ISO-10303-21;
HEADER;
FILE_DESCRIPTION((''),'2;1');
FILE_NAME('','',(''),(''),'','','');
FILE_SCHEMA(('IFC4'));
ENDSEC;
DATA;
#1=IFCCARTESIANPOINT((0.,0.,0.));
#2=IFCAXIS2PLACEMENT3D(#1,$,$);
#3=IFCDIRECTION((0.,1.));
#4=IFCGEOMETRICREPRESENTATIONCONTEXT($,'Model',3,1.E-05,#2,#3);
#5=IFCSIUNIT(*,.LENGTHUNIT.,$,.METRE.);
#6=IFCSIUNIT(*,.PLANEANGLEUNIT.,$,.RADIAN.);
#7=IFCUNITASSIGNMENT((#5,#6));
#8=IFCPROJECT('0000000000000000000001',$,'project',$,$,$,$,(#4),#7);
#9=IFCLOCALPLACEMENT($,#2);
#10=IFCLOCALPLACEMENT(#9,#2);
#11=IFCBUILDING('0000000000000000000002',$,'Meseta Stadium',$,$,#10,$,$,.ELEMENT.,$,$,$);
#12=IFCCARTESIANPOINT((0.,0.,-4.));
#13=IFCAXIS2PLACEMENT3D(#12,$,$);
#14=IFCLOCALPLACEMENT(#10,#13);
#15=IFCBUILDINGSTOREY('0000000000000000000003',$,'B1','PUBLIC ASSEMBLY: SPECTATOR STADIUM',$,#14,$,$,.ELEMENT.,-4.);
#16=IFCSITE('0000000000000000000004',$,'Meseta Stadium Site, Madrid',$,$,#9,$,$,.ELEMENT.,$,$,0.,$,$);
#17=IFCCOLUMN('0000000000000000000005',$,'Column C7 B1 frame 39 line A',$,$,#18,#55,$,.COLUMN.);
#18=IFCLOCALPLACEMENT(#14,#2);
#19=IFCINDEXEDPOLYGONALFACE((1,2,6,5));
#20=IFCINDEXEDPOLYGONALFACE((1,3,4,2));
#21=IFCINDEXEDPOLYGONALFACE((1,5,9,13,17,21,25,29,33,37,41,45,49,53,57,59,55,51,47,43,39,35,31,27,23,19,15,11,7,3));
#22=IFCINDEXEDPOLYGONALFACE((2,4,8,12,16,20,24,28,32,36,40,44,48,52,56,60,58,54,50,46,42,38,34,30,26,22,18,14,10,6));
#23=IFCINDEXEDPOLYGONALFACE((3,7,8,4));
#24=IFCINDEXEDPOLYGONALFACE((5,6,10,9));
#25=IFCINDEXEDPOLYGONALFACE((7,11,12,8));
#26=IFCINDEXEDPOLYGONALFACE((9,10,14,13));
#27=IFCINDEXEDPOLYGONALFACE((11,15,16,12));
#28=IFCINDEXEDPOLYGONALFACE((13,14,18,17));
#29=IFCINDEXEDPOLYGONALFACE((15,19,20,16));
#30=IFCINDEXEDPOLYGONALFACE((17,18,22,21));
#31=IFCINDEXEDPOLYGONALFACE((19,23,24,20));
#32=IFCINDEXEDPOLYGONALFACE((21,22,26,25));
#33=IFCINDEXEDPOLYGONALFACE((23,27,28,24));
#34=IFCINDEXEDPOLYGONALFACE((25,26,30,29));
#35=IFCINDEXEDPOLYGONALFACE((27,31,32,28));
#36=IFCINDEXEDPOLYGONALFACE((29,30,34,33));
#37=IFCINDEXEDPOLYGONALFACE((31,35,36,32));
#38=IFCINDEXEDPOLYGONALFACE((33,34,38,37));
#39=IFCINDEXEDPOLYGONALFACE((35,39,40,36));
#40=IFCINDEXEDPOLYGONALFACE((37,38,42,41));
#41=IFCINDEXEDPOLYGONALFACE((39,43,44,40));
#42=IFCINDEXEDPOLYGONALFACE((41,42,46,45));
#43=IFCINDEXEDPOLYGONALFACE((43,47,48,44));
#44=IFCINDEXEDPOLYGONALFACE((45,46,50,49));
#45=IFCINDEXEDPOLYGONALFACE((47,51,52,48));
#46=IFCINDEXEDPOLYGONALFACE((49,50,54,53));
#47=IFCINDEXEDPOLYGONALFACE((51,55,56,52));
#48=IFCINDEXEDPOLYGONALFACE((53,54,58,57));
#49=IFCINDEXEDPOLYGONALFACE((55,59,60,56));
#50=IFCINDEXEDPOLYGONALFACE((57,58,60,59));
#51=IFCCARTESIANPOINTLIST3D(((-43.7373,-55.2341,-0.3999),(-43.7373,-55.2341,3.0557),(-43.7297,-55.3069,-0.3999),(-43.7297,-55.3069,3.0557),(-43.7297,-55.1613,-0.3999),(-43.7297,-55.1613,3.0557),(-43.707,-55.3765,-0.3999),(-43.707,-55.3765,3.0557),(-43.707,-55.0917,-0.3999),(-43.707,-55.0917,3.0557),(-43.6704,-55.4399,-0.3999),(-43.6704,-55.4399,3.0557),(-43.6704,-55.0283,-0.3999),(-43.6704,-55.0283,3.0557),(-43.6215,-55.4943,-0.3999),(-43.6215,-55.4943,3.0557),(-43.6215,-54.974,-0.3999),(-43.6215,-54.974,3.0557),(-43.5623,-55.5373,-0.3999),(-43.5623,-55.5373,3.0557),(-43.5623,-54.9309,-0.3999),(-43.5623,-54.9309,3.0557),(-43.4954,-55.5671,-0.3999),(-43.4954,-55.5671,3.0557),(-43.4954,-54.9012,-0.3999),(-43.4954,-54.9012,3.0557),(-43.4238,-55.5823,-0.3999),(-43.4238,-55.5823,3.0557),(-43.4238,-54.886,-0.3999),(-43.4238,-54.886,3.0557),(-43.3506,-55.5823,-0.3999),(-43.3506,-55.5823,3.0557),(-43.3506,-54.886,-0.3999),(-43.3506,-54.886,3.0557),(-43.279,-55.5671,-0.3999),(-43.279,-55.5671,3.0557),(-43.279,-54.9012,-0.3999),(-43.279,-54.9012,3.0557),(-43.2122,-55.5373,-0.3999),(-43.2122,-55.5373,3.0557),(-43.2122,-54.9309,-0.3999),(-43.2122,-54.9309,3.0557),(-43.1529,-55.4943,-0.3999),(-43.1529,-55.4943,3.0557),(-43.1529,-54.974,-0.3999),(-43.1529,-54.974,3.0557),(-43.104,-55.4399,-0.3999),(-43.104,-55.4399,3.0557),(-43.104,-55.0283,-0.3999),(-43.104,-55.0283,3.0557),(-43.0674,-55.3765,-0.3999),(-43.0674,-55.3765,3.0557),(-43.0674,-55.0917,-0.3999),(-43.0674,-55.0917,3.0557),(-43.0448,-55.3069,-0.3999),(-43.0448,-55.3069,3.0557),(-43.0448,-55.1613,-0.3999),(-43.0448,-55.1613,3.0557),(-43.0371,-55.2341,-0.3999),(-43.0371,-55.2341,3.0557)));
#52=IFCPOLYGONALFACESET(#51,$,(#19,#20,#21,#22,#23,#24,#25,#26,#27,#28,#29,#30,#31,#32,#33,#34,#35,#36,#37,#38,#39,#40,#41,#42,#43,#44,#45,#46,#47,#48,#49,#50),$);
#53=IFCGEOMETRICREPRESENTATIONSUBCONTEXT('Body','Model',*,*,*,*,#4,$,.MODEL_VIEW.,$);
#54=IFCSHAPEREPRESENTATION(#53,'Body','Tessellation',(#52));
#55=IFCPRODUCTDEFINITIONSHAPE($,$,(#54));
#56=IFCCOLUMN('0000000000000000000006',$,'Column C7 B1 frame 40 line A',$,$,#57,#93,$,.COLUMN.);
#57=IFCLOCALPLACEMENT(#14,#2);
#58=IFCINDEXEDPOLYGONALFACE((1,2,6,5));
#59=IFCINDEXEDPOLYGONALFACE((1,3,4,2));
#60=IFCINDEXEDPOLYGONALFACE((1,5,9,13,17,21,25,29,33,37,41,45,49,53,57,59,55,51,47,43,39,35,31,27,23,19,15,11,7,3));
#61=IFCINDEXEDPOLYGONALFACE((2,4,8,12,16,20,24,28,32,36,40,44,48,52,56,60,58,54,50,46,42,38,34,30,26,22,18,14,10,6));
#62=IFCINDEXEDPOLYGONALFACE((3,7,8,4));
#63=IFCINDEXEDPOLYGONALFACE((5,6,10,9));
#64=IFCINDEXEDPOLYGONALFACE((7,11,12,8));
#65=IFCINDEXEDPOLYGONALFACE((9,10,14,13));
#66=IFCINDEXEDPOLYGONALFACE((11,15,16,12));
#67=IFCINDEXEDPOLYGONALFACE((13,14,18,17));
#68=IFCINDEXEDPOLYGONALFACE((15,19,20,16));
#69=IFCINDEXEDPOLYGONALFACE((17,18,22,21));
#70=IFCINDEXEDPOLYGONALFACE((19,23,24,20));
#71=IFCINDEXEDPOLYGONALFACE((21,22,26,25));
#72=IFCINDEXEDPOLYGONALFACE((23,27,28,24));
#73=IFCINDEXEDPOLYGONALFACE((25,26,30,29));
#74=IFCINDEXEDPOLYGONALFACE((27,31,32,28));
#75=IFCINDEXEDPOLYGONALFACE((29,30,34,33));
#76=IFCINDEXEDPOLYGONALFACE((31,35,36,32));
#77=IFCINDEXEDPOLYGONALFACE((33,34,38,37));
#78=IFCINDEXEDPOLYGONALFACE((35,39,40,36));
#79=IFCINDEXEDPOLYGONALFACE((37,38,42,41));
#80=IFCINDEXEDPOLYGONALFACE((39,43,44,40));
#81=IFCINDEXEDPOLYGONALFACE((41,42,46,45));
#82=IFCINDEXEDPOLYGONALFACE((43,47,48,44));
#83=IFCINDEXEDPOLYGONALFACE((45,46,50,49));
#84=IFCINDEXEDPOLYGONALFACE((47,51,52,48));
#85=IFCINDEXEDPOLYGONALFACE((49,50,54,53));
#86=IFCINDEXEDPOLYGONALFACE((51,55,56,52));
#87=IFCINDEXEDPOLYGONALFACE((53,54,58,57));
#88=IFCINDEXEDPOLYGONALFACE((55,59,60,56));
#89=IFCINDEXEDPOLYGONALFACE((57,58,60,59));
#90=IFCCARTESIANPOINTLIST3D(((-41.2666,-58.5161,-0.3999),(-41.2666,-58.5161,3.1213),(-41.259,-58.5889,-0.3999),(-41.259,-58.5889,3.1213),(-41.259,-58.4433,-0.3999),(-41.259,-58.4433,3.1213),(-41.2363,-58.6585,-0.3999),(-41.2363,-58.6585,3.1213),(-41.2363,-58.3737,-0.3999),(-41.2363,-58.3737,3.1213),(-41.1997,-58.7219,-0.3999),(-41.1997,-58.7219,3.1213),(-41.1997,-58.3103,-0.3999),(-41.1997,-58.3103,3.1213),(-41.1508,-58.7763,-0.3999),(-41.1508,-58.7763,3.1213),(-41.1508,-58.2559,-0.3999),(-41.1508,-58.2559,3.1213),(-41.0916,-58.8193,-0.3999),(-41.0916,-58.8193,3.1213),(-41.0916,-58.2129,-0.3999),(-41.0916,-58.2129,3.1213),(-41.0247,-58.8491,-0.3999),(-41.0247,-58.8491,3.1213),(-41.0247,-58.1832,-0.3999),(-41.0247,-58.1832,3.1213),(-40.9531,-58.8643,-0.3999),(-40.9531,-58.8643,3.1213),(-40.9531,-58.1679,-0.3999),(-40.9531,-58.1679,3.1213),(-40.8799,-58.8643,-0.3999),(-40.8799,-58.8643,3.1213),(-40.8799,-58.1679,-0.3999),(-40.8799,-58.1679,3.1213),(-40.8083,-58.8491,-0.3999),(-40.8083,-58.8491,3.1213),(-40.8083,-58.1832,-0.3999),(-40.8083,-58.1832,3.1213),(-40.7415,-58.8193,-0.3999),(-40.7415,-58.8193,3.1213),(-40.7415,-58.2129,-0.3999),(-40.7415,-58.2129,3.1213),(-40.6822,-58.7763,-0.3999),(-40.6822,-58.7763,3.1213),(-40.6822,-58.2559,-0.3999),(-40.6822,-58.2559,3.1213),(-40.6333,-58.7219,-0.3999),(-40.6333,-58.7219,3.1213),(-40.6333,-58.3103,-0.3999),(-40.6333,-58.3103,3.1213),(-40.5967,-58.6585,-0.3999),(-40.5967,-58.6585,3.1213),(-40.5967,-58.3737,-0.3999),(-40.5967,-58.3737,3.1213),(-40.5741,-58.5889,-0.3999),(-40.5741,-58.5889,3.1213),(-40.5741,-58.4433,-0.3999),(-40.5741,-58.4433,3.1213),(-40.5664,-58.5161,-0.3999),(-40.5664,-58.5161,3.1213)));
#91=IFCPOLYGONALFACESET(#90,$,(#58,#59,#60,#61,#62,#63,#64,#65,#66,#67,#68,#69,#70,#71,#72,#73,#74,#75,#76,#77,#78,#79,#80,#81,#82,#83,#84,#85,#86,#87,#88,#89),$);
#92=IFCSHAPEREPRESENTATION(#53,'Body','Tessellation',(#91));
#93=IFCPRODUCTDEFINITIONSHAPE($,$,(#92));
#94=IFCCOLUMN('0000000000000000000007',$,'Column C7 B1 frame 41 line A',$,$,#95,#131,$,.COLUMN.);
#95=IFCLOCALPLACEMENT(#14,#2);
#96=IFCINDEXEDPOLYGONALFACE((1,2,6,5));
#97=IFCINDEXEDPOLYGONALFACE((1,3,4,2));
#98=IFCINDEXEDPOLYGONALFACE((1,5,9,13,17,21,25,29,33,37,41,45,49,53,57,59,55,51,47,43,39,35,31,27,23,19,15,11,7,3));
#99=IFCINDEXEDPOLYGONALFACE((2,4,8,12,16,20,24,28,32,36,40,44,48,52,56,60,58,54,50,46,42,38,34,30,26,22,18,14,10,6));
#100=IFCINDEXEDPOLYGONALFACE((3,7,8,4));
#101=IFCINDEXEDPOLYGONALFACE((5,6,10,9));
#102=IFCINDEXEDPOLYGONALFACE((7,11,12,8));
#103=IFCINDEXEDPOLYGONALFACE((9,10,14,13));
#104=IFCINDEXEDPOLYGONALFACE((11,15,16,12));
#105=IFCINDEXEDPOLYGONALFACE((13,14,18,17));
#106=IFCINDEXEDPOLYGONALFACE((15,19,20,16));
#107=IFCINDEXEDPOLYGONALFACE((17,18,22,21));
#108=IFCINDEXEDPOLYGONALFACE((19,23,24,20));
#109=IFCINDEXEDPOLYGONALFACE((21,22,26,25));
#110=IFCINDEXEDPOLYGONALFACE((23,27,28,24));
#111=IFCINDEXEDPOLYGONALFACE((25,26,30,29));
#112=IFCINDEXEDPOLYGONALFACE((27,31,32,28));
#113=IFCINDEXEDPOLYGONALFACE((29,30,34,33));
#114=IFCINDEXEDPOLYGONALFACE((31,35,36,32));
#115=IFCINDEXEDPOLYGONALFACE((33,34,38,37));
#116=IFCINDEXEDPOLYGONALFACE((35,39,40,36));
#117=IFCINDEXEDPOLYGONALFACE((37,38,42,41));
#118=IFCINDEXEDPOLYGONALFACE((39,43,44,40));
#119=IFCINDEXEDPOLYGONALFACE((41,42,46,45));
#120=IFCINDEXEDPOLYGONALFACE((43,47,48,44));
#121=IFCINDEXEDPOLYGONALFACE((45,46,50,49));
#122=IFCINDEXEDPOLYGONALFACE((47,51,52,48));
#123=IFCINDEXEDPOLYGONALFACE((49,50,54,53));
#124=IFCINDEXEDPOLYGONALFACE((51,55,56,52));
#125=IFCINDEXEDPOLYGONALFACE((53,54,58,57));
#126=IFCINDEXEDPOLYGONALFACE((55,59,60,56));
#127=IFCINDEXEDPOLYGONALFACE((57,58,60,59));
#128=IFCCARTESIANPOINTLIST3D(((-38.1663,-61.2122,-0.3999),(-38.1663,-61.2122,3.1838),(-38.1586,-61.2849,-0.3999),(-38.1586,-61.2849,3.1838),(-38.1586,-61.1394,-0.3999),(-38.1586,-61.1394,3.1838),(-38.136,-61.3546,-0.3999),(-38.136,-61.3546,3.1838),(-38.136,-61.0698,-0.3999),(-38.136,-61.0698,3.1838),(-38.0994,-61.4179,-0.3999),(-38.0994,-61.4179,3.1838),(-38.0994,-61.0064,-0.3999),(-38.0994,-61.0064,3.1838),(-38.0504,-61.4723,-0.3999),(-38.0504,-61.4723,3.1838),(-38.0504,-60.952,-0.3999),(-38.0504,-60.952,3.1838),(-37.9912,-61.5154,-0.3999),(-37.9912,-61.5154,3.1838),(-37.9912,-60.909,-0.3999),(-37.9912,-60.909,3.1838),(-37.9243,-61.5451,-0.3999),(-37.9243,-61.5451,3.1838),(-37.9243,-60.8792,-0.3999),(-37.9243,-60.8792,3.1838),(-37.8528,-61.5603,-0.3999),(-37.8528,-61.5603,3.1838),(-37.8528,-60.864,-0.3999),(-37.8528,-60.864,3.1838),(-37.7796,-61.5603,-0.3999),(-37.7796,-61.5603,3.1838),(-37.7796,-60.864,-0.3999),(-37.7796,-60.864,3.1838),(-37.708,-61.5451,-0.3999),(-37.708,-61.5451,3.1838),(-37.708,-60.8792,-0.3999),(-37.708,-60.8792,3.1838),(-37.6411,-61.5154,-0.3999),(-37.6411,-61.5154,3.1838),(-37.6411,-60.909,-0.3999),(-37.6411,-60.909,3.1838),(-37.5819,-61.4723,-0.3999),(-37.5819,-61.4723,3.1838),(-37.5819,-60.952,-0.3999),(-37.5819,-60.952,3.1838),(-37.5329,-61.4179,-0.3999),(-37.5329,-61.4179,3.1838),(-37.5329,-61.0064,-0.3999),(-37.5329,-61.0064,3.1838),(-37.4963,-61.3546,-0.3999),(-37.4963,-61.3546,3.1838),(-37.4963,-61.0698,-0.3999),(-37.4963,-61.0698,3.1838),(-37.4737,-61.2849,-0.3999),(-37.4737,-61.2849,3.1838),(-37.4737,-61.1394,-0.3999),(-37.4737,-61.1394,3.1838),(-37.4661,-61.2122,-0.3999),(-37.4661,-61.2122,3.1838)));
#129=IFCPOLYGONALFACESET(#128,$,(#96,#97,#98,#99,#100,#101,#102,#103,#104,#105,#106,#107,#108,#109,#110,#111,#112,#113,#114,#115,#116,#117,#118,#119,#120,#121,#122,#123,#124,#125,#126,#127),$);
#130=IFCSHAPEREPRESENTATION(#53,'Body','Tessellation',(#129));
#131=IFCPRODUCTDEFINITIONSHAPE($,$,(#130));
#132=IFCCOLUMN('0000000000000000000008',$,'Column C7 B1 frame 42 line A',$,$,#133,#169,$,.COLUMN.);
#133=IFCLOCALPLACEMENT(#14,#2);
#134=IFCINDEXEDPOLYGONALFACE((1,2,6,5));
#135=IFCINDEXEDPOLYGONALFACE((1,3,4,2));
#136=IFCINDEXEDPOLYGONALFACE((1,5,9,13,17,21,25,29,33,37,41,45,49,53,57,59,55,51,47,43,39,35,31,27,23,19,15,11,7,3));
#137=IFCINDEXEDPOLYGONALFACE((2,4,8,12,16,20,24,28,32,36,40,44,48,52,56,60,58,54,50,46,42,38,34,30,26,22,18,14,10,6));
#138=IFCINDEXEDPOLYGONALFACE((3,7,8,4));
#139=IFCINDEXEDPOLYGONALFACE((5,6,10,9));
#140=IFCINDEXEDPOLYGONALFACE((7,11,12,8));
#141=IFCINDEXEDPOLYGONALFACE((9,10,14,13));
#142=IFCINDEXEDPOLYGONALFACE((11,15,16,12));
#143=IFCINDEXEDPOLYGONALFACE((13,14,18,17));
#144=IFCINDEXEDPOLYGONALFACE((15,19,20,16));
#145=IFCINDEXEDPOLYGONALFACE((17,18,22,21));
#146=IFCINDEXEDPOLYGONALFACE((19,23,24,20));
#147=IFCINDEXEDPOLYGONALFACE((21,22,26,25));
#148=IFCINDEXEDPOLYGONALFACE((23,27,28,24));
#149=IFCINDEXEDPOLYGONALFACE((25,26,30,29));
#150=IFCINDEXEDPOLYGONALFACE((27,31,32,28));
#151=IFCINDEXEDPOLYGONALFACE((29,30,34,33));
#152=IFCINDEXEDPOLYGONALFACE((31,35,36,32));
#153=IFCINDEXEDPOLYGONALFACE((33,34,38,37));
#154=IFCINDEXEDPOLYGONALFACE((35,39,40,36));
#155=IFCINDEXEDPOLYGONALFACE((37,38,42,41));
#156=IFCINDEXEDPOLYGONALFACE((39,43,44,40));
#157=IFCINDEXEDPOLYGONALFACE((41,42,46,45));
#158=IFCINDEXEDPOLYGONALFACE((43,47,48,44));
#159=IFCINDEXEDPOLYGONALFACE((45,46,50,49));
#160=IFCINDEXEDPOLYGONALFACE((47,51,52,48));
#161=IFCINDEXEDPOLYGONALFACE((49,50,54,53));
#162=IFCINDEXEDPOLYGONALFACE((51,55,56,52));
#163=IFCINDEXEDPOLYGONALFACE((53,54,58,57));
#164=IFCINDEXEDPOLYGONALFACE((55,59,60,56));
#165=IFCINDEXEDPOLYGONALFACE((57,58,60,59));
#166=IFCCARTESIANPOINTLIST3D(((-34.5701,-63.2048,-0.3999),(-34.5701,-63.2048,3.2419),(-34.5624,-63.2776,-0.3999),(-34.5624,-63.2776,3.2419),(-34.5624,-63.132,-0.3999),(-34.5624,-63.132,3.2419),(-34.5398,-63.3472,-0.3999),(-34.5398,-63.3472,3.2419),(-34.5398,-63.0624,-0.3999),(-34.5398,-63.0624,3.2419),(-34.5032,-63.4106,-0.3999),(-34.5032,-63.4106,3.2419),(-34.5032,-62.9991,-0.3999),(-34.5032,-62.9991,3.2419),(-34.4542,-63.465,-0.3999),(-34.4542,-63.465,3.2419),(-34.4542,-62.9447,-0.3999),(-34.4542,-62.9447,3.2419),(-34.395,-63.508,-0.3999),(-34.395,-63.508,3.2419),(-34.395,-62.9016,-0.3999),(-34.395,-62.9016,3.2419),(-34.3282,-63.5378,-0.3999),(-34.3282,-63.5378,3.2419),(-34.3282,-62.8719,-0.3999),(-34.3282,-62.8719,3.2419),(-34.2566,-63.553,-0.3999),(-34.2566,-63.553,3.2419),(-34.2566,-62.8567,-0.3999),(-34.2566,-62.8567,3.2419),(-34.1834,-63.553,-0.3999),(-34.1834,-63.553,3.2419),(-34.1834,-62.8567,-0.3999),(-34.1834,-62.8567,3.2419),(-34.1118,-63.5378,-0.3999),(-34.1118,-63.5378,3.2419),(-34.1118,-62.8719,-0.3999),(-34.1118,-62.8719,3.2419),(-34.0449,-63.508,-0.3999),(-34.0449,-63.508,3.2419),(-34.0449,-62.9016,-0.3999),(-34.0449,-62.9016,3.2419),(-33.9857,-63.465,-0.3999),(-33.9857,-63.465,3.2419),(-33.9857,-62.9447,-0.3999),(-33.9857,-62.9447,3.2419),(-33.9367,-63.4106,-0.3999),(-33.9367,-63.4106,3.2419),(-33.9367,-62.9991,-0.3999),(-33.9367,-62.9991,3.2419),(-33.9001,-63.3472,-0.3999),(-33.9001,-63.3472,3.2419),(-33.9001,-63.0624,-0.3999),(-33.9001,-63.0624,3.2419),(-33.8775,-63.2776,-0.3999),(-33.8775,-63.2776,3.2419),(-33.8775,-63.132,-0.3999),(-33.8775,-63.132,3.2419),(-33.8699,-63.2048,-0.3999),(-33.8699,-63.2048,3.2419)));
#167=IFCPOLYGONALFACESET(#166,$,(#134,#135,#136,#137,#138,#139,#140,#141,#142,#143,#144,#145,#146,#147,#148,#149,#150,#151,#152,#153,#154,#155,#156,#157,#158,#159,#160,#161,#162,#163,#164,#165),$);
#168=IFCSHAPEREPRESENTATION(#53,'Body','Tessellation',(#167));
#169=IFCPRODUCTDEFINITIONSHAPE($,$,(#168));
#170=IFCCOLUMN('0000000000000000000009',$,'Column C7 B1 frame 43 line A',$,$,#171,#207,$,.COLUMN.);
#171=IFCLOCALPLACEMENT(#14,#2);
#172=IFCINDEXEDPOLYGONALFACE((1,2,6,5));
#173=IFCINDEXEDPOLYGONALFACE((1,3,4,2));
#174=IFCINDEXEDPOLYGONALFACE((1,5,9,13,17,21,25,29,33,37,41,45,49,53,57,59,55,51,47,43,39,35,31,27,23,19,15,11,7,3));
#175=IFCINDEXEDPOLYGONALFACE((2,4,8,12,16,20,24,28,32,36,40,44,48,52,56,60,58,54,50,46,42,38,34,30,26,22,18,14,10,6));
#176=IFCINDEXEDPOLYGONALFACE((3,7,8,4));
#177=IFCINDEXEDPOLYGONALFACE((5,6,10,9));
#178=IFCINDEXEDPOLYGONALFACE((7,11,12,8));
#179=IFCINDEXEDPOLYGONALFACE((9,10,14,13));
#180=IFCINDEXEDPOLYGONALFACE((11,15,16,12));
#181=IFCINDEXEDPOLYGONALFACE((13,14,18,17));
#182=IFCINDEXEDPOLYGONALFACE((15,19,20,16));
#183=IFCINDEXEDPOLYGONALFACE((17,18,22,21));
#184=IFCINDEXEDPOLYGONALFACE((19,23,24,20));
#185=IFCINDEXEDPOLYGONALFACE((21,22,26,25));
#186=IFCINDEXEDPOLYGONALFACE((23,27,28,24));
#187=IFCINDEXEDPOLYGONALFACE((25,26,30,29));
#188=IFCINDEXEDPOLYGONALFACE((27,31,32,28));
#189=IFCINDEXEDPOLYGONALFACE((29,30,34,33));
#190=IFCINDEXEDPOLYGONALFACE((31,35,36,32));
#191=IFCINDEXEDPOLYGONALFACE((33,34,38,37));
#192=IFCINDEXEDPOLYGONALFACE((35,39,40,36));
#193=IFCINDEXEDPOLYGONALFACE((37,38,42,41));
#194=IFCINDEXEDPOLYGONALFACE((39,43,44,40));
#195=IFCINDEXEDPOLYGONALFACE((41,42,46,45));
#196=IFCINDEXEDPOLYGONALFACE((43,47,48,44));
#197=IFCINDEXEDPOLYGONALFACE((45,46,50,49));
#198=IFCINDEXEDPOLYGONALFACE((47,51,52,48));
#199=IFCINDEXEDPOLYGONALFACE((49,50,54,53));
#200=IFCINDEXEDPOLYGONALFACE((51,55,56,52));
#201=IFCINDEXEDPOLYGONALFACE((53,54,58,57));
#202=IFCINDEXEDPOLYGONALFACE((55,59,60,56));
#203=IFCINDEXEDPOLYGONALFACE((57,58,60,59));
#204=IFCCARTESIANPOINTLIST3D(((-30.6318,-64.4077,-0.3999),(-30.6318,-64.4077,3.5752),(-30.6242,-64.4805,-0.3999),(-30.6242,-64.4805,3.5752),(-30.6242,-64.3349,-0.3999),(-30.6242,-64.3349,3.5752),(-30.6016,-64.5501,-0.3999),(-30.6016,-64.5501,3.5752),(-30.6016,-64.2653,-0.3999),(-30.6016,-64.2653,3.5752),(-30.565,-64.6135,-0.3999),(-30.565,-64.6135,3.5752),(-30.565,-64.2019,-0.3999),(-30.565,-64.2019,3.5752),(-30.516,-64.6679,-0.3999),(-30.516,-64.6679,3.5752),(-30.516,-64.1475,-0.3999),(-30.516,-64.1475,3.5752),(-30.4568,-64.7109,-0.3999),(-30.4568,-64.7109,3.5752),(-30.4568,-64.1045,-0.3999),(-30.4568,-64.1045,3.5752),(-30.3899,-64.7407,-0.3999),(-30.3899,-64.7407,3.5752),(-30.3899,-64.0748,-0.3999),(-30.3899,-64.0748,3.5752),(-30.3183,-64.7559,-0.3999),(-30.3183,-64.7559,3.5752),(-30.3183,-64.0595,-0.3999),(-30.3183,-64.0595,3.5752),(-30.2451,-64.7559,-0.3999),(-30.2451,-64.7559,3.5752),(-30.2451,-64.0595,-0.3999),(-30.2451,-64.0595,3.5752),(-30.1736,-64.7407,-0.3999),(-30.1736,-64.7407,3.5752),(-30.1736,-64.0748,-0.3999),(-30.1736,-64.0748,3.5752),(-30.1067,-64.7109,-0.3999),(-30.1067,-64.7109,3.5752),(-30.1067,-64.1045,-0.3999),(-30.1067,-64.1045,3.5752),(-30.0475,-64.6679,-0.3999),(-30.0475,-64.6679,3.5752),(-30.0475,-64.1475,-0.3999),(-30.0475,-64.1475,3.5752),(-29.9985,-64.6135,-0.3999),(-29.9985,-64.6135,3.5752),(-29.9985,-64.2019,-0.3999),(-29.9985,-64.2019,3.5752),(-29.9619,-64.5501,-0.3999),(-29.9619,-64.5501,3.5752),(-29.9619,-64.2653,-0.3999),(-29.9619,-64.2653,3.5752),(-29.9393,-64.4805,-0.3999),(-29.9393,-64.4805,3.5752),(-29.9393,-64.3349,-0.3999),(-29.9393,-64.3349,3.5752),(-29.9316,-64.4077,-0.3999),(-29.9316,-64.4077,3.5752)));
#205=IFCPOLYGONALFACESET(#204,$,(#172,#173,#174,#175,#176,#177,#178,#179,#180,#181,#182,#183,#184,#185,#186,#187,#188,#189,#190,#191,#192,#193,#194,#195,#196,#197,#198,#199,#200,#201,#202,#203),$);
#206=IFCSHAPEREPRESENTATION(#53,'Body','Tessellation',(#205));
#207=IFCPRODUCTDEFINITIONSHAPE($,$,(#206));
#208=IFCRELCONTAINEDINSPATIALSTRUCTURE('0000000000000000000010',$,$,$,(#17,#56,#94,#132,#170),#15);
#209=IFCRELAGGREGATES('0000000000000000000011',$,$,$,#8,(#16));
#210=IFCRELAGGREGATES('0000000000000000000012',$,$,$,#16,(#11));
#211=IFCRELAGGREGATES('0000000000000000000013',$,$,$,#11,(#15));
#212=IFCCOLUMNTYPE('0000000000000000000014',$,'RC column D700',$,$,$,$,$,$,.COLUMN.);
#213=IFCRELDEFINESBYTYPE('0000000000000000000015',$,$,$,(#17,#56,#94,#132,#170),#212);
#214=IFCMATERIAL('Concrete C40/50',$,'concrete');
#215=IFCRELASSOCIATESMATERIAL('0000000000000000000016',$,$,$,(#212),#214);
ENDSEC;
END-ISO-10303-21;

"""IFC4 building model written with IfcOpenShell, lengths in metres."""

from ifc_helpers import new_model, si_unit, direction, frame, origin, origin_2d, place, context, subcontext, project, spatial, circle, extrude, material, material_profile, profile_set, type_object, element, save


model = new_model("IFC4")

# Units and contexts
model_context = context("Model", 3, precision=1e-05, world=origin(), true_north=direction((0.0, 1.0)))
body_context = subcontext(model_context, "Body", "Model", "MODEL_VIEW")
ifc_project = project(units=[si_unit("LENGTHUNIT", "METRE"), si_unit("PLANEANGLEUNIT", "RADIAN")], contexts=[model_context])

# Site, building, storey
site_placement = place(None, origin())
site = spatial("IfcSite", under=ifc_project, at=site_placement, Name="Meseta Stadium Site, Madrid", CompositionType="ELEMENT", RefElevation=0.0)
building_placement = place(site_placement, origin())
building = spatial("IfcBuilding", under=site, at=building_placement, Name="Meseta Stadium", CompositionType="ELEMENT")
storey_placement = place(building_placement, frame((0.0, 0.0, -4.0)))
storey = spatial("IfcBuildingStorey", under=building, at=storey_placement, Name="B1", Description="PUBLIC ASSEMBLY: SPECTATOR STADIUM", CompositionType="ELEMENT", Elevation=-4.0)

# Columns
ifc_material_1 = material(Name="Concrete C40/50", Category="concrete")
ifc_material_profile_1 = material_profile(ifc_material_1, circle(Radius=0.3501, at=origin_2d()), Name="RC D700")
ifc_profile_set_1 = profile_set([ifc_material_profile_1], Name="Concrete C40/50")
column_type_1 = type_object("IfcColumnType", Name="RC column D700", PredefinedType="COLUMN", material=ifc_profile_set_1)
column_1_placement = place(storey_placement, frame((-43.3872, -55.2341, -0.3999), z_axis=(0.0, 0.0, 1.0), x_axis=(1.0, 0.0, 0.0)))
element("IfcColumn", 1, at=column_1_placement, inside=storey, type_object=column_type_1, Name="Column C7 B1 frame 39 line A", PredefinedType="COLUMN", context=body_context, shape_type="SweptSolid", body=[
    extrude(circle(Radius=0.3501, at=origin_2d()), origin(), (0.0, 0.0, 1.0), 3.4556),
])
column_2_placement = place(storey_placement, frame((-40.9165, -58.5161, -0.3999), z_axis=(0.0, 0.0, 1.0), x_axis=(1.0, 0.0, 0.0)))
element("IfcColumn", 2, at=column_2_placement, inside=storey, type_object=column_type_1, Name="Column C7 B1 frame 40 line A", PredefinedType="COLUMN", context=body_context, shape_type="SweptSolid", body=[
    extrude(circle(Radius=0.3501, at=origin_2d()), origin(), (0.0, 0.0, 1.0), 3.5212),
])
column_3_placement = place(storey_placement, frame((-37.8162, -61.2122, -0.3999), z_axis=(0.0, 0.0, 1.0), x_axis=(1.0, 0.0, 0.0)))
element("IfcColumn", 3, at=column_3_placement, inside=storey, type_object=column_type_1, Name="Column C7 B1 frame 41 line A", PredefinedType="COLUMN", context=body_context, shape_type="SweptSolid", body=[
    extrude(circle(Radius=0.3501, at=origin_2d()), origin(), (0.0, 0.0, 1.0), 3.5837),
])
column_4_placement = place(storey_placement, frame((-34.22, -63.2048, -0.3999), z_axis=(0.0, 0.0, 1.0), x_axis=(1.0, 0.0, 0.0)))
element("IfcColumn", 4, at=column_4_placement, inside=storey, type_object=column_type_1, Name="Column C7 B1 frame 42 line A", PredefinedType="COLUMN", context=body_context, shape_type="SweptSolid", body=[
    extrude(circle(Radius=0.3501, at=origin_2d()), origin(), (0.0, 0.0, 1.0), 3.6418),
])
column_5_placement = place(storey_placement, frame((-30.2817, -64.4077, -0.3999), z_axis=(0.0, 0.0, 1.0), x_axis=(1.0, 0.0, 0.0)))
element("IfcColumn", 5, at=column_5_placement, inside=storey, type_object=column_type_1, Name="Column C7 B1 frame 43 line A", PredefinedType="COLUMN", context=body_context, shape_type="SweptSolid", body=[
    extrude(circle(Radius=0.3501, at=origin_2d()), origin(), (0.0, 0.0, 1.0), 3.9751),
])

save(model, "model.ifc")
